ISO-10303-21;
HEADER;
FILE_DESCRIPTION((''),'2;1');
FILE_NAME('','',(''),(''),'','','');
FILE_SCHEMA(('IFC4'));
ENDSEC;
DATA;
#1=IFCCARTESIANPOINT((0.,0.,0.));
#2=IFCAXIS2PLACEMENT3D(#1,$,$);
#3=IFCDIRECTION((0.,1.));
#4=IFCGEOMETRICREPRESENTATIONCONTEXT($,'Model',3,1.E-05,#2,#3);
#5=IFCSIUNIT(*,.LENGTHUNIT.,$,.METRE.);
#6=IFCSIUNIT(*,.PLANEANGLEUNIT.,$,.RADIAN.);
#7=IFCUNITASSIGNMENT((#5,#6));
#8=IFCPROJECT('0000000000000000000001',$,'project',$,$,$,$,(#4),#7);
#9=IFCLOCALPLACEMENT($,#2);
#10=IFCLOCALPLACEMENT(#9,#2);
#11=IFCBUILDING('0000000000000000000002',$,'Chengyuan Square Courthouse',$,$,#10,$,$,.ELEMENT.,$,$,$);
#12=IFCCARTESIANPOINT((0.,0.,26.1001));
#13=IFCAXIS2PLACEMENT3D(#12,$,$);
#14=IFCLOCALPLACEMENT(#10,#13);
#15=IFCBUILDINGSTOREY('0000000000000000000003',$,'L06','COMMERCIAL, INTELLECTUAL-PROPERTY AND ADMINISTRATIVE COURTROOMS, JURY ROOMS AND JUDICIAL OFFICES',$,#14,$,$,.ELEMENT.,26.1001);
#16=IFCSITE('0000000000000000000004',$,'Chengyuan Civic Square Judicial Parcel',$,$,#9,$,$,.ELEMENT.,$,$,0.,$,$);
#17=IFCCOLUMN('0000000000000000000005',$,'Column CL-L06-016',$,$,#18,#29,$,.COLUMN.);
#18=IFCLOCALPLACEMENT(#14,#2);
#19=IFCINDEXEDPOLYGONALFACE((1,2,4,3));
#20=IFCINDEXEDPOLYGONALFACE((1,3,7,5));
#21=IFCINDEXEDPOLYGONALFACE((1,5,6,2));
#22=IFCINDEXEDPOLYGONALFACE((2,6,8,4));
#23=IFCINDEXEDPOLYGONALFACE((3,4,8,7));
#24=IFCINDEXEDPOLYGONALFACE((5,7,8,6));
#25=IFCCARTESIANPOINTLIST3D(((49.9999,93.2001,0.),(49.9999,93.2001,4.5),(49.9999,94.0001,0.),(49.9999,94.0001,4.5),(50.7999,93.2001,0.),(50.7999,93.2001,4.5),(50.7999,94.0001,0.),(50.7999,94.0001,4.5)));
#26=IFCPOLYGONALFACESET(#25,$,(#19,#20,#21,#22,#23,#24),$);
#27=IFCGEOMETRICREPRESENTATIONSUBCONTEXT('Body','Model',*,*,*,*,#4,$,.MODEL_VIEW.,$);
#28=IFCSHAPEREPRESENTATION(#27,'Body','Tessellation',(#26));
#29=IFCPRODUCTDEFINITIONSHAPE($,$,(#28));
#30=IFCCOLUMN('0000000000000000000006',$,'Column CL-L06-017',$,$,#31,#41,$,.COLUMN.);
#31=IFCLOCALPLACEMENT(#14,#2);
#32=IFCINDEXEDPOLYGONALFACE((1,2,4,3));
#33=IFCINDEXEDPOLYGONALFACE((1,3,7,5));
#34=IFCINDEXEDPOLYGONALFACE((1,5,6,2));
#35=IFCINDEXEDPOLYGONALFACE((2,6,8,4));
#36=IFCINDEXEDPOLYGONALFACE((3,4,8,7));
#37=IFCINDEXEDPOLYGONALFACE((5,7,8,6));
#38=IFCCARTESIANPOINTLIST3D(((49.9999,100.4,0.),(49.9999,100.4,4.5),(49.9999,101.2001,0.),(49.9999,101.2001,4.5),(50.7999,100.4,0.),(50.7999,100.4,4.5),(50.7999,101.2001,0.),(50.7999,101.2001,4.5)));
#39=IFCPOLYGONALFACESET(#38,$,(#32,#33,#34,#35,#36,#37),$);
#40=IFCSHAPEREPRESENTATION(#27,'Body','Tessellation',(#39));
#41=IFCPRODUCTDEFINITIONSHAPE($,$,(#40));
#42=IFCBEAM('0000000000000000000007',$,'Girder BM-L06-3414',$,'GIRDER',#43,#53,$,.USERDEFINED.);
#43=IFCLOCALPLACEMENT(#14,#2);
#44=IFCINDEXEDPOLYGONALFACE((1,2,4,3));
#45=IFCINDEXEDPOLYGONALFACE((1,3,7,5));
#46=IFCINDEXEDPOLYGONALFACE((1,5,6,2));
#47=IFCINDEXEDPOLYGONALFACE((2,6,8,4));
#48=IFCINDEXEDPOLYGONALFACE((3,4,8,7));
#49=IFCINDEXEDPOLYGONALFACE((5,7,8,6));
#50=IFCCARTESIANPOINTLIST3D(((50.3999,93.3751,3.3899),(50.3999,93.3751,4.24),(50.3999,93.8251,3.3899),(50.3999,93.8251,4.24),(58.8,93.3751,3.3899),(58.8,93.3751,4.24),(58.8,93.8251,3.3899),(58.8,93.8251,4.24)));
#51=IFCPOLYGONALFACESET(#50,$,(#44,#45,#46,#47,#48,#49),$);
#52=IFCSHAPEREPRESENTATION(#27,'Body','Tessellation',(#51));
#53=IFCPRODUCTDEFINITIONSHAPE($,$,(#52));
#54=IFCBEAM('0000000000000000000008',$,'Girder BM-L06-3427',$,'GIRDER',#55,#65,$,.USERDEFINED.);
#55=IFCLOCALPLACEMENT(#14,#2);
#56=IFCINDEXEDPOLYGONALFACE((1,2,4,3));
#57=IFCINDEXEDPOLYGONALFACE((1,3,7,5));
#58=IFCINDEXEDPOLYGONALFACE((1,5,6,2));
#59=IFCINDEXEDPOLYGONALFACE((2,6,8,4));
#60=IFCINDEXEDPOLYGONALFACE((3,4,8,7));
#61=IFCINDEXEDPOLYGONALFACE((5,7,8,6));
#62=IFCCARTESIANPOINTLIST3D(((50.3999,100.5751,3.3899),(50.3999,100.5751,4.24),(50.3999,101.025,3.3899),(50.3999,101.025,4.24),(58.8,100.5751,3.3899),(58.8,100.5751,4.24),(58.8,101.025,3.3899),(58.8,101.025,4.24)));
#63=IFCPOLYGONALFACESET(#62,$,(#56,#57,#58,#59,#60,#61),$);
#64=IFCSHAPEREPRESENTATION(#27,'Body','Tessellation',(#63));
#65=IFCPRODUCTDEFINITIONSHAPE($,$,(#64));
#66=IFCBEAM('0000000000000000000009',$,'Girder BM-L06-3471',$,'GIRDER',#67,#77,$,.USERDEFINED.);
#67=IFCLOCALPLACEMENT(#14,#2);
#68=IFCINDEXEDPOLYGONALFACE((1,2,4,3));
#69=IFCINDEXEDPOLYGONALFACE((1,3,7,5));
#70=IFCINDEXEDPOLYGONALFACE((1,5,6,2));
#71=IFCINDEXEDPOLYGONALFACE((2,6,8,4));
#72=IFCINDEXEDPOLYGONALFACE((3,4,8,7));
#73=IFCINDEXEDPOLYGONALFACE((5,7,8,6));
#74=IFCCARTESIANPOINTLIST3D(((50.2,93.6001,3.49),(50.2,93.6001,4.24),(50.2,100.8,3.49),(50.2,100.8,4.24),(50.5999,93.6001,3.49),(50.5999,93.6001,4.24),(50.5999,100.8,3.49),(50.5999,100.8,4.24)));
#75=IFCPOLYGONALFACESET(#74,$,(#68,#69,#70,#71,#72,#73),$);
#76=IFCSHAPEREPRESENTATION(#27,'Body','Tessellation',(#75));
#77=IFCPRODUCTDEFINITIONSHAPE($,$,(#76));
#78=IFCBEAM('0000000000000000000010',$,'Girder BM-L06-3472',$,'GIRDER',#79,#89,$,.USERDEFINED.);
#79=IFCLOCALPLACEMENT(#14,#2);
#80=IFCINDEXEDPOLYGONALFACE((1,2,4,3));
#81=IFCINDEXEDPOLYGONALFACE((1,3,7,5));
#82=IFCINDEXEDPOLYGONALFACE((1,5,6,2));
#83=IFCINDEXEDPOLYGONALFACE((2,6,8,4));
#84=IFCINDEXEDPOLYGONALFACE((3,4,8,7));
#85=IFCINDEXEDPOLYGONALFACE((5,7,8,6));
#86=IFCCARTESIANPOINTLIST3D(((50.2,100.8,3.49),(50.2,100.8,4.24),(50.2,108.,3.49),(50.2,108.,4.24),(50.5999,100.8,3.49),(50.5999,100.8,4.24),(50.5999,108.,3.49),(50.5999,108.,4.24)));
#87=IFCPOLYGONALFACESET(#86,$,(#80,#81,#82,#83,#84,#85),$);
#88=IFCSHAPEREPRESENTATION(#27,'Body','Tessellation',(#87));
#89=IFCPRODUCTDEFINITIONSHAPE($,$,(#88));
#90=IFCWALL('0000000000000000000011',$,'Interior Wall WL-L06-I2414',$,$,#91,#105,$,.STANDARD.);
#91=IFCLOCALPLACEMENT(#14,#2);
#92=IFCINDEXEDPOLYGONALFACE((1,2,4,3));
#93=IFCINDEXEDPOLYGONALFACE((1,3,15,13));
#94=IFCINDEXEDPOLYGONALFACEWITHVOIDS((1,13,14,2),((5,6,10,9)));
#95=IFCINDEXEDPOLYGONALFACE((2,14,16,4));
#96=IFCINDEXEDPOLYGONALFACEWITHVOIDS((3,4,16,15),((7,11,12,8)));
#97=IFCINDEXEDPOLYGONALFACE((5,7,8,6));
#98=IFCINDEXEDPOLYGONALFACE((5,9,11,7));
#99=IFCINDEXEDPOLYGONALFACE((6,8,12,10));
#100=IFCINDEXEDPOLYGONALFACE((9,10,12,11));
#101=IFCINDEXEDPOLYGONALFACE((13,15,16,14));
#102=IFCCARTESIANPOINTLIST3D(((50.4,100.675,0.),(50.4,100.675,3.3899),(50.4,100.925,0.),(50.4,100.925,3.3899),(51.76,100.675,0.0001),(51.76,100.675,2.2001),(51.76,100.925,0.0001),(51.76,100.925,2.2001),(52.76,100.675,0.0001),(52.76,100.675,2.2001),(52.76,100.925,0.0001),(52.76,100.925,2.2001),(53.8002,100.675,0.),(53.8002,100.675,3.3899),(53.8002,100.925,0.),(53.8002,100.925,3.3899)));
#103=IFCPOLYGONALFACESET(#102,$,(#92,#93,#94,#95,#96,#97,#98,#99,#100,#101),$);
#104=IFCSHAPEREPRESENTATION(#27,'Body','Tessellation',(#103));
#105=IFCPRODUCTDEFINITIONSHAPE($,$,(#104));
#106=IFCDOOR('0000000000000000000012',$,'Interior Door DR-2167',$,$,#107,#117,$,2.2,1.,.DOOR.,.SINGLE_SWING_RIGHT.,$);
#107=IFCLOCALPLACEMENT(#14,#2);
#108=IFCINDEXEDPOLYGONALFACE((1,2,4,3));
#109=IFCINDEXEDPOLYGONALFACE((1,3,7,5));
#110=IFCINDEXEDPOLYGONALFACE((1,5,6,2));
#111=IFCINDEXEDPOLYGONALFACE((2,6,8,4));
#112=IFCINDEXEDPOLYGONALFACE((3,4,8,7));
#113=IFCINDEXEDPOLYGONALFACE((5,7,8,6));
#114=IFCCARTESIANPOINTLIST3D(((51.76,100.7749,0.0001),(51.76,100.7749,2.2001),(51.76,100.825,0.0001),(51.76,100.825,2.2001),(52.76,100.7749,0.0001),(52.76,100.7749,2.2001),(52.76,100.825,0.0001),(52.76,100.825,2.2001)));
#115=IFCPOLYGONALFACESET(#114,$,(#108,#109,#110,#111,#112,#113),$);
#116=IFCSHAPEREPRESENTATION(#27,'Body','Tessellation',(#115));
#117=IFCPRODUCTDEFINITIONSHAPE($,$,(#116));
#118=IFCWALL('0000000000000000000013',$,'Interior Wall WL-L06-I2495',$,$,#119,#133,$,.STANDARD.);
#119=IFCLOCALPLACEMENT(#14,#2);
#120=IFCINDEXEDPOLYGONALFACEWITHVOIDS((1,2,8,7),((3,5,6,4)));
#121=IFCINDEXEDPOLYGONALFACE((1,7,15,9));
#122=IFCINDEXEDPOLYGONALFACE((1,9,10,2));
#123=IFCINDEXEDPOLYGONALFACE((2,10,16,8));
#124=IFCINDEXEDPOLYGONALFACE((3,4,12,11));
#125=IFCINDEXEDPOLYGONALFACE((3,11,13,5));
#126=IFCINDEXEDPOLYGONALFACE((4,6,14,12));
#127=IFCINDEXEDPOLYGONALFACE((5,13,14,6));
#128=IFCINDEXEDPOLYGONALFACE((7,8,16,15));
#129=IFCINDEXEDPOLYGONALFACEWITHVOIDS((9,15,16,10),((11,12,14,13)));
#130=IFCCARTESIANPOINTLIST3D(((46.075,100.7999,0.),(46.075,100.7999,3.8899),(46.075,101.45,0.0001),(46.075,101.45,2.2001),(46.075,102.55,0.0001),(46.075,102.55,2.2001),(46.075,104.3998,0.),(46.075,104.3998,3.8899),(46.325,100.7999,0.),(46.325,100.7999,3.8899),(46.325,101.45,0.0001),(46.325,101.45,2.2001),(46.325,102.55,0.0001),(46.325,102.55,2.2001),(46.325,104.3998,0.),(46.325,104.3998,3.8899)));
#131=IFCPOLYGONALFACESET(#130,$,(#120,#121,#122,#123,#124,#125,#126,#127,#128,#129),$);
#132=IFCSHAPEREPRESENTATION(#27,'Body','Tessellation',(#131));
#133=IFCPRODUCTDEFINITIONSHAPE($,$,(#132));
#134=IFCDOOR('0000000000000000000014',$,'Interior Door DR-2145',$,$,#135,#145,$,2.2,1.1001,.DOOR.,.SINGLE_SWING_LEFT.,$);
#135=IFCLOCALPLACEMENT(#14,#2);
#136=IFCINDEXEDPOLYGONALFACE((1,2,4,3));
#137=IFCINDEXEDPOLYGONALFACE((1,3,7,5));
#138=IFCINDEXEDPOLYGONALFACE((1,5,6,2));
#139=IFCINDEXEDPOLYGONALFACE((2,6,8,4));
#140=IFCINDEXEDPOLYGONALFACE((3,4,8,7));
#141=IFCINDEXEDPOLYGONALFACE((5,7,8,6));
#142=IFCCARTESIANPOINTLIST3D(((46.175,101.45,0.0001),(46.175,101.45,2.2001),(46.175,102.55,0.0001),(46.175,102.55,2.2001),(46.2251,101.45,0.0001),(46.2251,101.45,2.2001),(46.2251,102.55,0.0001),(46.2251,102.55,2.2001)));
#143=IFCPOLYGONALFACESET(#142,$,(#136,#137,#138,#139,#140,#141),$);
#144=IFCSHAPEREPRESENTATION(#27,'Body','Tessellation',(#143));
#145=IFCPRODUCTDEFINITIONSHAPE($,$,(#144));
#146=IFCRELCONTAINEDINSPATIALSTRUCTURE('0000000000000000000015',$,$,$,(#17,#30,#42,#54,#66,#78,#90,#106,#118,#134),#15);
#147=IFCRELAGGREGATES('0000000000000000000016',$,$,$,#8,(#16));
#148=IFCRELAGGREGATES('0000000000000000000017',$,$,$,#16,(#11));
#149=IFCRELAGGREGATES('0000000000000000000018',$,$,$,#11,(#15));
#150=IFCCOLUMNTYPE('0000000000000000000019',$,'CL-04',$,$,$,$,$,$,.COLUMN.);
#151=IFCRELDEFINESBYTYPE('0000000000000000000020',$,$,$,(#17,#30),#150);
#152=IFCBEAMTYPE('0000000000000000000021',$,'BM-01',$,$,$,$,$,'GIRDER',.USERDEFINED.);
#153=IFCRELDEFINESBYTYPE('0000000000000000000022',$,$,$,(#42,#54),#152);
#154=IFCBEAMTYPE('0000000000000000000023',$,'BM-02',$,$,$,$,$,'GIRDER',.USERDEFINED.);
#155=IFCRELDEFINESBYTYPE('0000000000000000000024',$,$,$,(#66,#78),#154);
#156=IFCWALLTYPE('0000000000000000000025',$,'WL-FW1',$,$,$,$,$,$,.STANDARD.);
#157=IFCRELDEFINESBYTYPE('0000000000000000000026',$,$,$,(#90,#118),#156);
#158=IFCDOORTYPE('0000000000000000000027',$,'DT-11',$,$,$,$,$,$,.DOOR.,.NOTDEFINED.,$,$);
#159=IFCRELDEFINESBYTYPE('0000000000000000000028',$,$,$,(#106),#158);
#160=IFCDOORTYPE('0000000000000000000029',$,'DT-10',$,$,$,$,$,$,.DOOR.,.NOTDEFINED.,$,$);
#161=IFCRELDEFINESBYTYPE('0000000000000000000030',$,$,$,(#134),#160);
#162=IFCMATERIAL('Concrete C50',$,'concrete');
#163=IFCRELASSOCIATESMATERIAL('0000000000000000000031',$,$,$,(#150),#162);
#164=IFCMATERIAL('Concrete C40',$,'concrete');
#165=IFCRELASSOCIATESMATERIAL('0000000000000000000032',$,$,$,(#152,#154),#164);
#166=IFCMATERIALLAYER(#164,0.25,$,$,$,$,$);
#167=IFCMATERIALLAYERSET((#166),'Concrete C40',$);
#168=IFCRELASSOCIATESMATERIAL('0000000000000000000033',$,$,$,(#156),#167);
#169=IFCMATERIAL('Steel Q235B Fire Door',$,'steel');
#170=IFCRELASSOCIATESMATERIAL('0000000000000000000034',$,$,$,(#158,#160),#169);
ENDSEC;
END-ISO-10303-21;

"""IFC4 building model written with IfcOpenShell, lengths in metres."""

from ifc_helpers import new_model, si_unit, direction, frame, frame_2d, origin, origin_2d, place, context, subcontext, project, spatial, rectangle, extrude, material, layer, layer_set, material_profile, profile_set, type_object, element, fill, save


model = new_model("IFC4")

# Units and contexts
model_context = context("Model", 3, precision=1e-05, world=origin(), true_north=direction((0.0, 1.0)))
body_context = subcontext(model_context, "Body", "Model", "MODEL_VIEW")
ifc_project = project(units=[si_unit("LENGTHUNIT", "METRE"), si_unit("PLANEANGLEUNIT", "RADIAN")], contexts=[model_context])

# Site, building, storey
site_placement = place(None, origin())
site = spatial("IfcSite", under=ifc_project, at=site_placement, Name="Chengyuan Civic Square Judicial Parcel", CompositionType="ELEMENT", RefElevation=0.0)
building_placement = place(site_placement, origin())
building = spatial("IfcBuilding", under=site, at=building_placement, Name="Chengyuan Square Courthouse", CompositionType="ELEMENT")
storey_placement = place(building_placement, frame((0.0, 0.0, 26.1001)))
storey = spatial("IfcBuildingStorey", under=building, at=storey_placement, Name="L06", Description="COMMERCIAL, INTELLECTUAL-PROPERTY AND ADMINISTRATIVE COURTROOMS, JURY ROOMS AND JUDICIAL OFFICES", CompositionType="ELEMENT", Elevation=26.1001)

# Columns
ifc_material_1 = material(Name="Concrete C50", Category="concrete")
ifc_material_profile_1 = material_profile(ifc_material_1, rectangle(XDim=0.8, YDim=0.8, at=origin_2d()), Name="RC-COL-800x800")
ifc_profile_set_1 = profile_set([ifc_material_profile_1], Name="Concrete C50")
column_type = type_object("IfcColumnType", Name="CL-04", PredefinedType="COLUMN", material=ifc_profile_set_1)
for number, where, z_axis, x_axis, name in (
    (1, (50.3999, 93.6001, 0.0), (0.0, 0.0, 1.0), (1.0, 0.0, 0.0), "Column CL-L06-016"),
    (2, (50.3999, 100.8, 0.0), (0.0, 0.0, 1.0), (1.0, 0.0, 0.0), "Column CL-L06-017"),
):
    element("IfcColumn", number, at=place(storey_placement, frame(where, z_axis=z_axis, x_axis=x_axis)), inside=storey, type_object=column_type, Name=name, PredefinedType="COLUMN", context=body_context, shape_type="SweptSolid", body=[
        extrude(rectangle(XDim=0.8, YDim=0.8, at=origin_2d()), origin(), (0.0, 0.0, 1.0), 4.5),
    ])

# Beams
ifc_material_2 = material(Name="Concrete C40", Category="concrete")
ifc_material_profile_2 = material_profile(ifc_material_2, rectangle(XDim=0.45, YDim=0.8501, at=origin_2d()), Name="RC-BM-450x850")
ifc_profile_set_2 = profile_set([ifc_material_profile_2], Name="Concrete C40")
beam_type_1 = type_object("IfcBeamType", Name="BM-01", ElementType="GIRDER", PredefinedType="USERDEFINED", material=ifc_profile_set_2)
for number, where, z_axis, x_axis, name in (
    (3, (50.3999, 93.6001, 3.8149), (1.0, 0.0, 0.0), (0.0, 1.0, 0.0), "Girder BM-L06-3414"),
    (4, (50.3999, 100.8, 3.8149), (1.0, 0.0, 0.0), (0.0, 1.0, 0.0), "Girder BM-L06-3427"),
):
    element("IfcBeam", number, at=place(storey_placement, frame(where, z_axis=z_axis, x_axis=x_axis)), inside=storey, type_object=beam_type_1, Name=name, ObjectType="GIRDER", PredefinedType="USERDEFINED", context=body_context, shape_type="SweptSolid", body=[
        extrude(rectangle(XDim=0.45, YDim=0.8501, at=origin_2d()), origin(), (0.0, 0.0, 1.0), 8.4001),
    ])
ifc_material_profile_3 = material_profile(ifc_material_2, rectangle(XDim=0.3999, YDim=0.75, at=origin_2d()), Name="RC-BM-400x750")
ifc_profile_set_3 = profile_set([ifc_material_profile_3], Name="Concrete C40")
beam_type_2 = type_object("IfcBeamType", Name="BM-02", ElementType="GIRDER", PredefinedType="USERDEFINED", material=ifc_profile_set_3)
for number, where, z_axis, x_axis, name in (
    (5, (50.3999, 93.6001, 3.865), (0.0, 1.0, 0.0), (-1.0, 0.0, 0.0), "Girder BM-L06-3471"),
    (6, (50.3999, 100.8, 3.865), (0.0, 1.0, 0.0), (-1.0, 0.0, 0.0), "Girder BM-L06-3472"),
):
    element("IfcBeam", number, at=place(storey_placement, frame(where, z_axis=z_axis, x_axis=x_axis)), inside=storey, type_object=beam_type_2, Name=name, ObjectType="GIRDER", PredefinedType="USERDEFINED", context=body_context, shape_type="SweptSolid", body=[
        extrude(rectangle(XDim=0.3999, YDim=0.75, at=origin_2d()), origin(), (0.0, 0.0, 1.0), 7.2),
    ])

# Walls, openings, doors
ifc_layer_1 = layer(ifc_material_2, 0.25)
ifc_layer_set_1 = layer_set([ifc_layer_1], Name="Concrete C40")
wall_type_1 = type_object("IfcWallType", Name="WL-FW1", PredefinedType="STANDARD", material=ifc_layer_set_1)
wall_1_placement = place(storey_placement, frame((50.3999, 100.8, 0.0), z_axis=(0.0, 0.0, 1.0), x_axis=(1.0, 0.0, 0.0)))
wall_1 = element("IfcWall", 7, at=wall_1_placement, inside=storey, type_object=wall_type_1, Name="Interior Wall WL-L06-I2414", PredefinedType="STANDARD", context=body_context, shape_type="SweptSolid", body=[
    extrude(rectangle(XDim=3.4001, YDim=0.25, at=frame_2d((1.7002, 0.0))), origin(), (0.0, 0.0, 1.0), 3.3899),
])
opening_1_placement = place(wall_1_placement, frame((1.3601, 0.0, 0.0)))
opening_1 = element("IfcOpeningElement", 8, at=opening_1_placement, cuts=wall_1, PredefinedType="OPENING", context=body_context, shape_type="SweptSolid", body=[
    extrude(rectangle(XDim=1.0, YDim=2.2, at=frame_2d((0.5, 1.1001))), frame((0.0, 0.137, 0.0), z_axis=(0.0, -1.0, 0.0), x_axis=(1.0, 0.0, 0.0)), (0.0, 0.0, 1.0), 0.2739),
])
ifc_material_3 = material(Name="Steel Q235B Fire Door", Category="steel")
door_type_1 = type_object("IfcDoorType", Name="DT-11", OperationType="NOTDEFINED", PredefinedType="DOOR", material=ifc_material_3)
door_1_placement = place(opening_1_placement, origin())
door_1 = element("IfcDoor", 9, at=door_1_placement, inside=storey, type_object=door_type_1, Name="Interior Door DR-2167", OperationType="SINGLE_SWING_RIGHT", OverallHeight=2.2, OverallWidth=1.0, PredefinedType="DOOR", context=body_context, shape_type="SweptSolid", body=[
    extrude(rectangle(XDim=1.0, YDim=2.2, at=frame_2d((0.5, 1.1001))), frame((0.0, 0.0249, 0.0), z_axis=(0.0, -1.0, 0.0), x_axis=(1.0, 0.0, 0.0)), (0.0, 0.0, 1.0), 0.05),
])
fill(opening_1, door_1)
wall_2_placement = place(storey_placement, frame((46.2, 100.8, 0.0), z_axis=(0.0, 0.0, 1.0), x_axis=(0.0, 1.0, 0.0)))
wall_2 = element("IfcWall", 10, at=wall_2_placement, inside=storey, type_object=wall_type_1, Name="Interior Wall WL-L06-I2495", PredefinedType="STANDARD", context=body_context, shape_type="SweptSolid", body=[
    extrude(rectangle(XDim=3.5999, YDim=0.25, at=frame_2d((1.7998, 0.0))), origin(), (0.0, 0.0, 1.0), 3.8899),
])
opening_2_placement = place(wall_2_placement, frame((0.6499, 0.0, 0.0)))
opening_2 = element("IfcOpeningElement", 11, at=opening_2_placement, cuts=wall_2, PredefinedType="OPENING", context=body_context, shape_type="SweptSolid", body=[
    extrude(rectangle(XDim=1.1001, YDim=2.2, at=frame_2d((0.55, 1.1001))), frame((0.0, 0.137, 0.0), z_axis=(0.0, -1.0, 0.0), x_axis=(1.0, 0.0, 0.0)), (0.0, 0.0, 1.0), 0.2739),
])
door_type_2 = type_object("IfcDoorType", Name="DT-10", OperationType="NOTDEFINED", PredefinedType="DOOR", material=ifc_material_3)
door_2_placement = place(opening_2_placement, origin())
door_2 = element("IfcDoor", 12, at=door_2_placement, inside=storey, type_object=door_type_2, Name="Interior Door DR-2145", OperationType="SINGLE_SWING_LEFT", OverallHeight=2.2, OverallWidth=1.1001, PredefinedType="DOOR", context=body_context, shape_type="SweptSolid", body=[
    extrude(rectangle(XDim=1.1001, YDim=2.2, at=frame_2d((0.55, 1.1001))), frame((0.0, 0.0249, 0.0), z_axis=(0.0, -1.0, 0.0), x_axis=(1.0, 0.0, 0.0)), (0.0, 0.0, 1.0), 0.05),
])
fill(opening_2, door_2)

save(model, "model.ifc")
